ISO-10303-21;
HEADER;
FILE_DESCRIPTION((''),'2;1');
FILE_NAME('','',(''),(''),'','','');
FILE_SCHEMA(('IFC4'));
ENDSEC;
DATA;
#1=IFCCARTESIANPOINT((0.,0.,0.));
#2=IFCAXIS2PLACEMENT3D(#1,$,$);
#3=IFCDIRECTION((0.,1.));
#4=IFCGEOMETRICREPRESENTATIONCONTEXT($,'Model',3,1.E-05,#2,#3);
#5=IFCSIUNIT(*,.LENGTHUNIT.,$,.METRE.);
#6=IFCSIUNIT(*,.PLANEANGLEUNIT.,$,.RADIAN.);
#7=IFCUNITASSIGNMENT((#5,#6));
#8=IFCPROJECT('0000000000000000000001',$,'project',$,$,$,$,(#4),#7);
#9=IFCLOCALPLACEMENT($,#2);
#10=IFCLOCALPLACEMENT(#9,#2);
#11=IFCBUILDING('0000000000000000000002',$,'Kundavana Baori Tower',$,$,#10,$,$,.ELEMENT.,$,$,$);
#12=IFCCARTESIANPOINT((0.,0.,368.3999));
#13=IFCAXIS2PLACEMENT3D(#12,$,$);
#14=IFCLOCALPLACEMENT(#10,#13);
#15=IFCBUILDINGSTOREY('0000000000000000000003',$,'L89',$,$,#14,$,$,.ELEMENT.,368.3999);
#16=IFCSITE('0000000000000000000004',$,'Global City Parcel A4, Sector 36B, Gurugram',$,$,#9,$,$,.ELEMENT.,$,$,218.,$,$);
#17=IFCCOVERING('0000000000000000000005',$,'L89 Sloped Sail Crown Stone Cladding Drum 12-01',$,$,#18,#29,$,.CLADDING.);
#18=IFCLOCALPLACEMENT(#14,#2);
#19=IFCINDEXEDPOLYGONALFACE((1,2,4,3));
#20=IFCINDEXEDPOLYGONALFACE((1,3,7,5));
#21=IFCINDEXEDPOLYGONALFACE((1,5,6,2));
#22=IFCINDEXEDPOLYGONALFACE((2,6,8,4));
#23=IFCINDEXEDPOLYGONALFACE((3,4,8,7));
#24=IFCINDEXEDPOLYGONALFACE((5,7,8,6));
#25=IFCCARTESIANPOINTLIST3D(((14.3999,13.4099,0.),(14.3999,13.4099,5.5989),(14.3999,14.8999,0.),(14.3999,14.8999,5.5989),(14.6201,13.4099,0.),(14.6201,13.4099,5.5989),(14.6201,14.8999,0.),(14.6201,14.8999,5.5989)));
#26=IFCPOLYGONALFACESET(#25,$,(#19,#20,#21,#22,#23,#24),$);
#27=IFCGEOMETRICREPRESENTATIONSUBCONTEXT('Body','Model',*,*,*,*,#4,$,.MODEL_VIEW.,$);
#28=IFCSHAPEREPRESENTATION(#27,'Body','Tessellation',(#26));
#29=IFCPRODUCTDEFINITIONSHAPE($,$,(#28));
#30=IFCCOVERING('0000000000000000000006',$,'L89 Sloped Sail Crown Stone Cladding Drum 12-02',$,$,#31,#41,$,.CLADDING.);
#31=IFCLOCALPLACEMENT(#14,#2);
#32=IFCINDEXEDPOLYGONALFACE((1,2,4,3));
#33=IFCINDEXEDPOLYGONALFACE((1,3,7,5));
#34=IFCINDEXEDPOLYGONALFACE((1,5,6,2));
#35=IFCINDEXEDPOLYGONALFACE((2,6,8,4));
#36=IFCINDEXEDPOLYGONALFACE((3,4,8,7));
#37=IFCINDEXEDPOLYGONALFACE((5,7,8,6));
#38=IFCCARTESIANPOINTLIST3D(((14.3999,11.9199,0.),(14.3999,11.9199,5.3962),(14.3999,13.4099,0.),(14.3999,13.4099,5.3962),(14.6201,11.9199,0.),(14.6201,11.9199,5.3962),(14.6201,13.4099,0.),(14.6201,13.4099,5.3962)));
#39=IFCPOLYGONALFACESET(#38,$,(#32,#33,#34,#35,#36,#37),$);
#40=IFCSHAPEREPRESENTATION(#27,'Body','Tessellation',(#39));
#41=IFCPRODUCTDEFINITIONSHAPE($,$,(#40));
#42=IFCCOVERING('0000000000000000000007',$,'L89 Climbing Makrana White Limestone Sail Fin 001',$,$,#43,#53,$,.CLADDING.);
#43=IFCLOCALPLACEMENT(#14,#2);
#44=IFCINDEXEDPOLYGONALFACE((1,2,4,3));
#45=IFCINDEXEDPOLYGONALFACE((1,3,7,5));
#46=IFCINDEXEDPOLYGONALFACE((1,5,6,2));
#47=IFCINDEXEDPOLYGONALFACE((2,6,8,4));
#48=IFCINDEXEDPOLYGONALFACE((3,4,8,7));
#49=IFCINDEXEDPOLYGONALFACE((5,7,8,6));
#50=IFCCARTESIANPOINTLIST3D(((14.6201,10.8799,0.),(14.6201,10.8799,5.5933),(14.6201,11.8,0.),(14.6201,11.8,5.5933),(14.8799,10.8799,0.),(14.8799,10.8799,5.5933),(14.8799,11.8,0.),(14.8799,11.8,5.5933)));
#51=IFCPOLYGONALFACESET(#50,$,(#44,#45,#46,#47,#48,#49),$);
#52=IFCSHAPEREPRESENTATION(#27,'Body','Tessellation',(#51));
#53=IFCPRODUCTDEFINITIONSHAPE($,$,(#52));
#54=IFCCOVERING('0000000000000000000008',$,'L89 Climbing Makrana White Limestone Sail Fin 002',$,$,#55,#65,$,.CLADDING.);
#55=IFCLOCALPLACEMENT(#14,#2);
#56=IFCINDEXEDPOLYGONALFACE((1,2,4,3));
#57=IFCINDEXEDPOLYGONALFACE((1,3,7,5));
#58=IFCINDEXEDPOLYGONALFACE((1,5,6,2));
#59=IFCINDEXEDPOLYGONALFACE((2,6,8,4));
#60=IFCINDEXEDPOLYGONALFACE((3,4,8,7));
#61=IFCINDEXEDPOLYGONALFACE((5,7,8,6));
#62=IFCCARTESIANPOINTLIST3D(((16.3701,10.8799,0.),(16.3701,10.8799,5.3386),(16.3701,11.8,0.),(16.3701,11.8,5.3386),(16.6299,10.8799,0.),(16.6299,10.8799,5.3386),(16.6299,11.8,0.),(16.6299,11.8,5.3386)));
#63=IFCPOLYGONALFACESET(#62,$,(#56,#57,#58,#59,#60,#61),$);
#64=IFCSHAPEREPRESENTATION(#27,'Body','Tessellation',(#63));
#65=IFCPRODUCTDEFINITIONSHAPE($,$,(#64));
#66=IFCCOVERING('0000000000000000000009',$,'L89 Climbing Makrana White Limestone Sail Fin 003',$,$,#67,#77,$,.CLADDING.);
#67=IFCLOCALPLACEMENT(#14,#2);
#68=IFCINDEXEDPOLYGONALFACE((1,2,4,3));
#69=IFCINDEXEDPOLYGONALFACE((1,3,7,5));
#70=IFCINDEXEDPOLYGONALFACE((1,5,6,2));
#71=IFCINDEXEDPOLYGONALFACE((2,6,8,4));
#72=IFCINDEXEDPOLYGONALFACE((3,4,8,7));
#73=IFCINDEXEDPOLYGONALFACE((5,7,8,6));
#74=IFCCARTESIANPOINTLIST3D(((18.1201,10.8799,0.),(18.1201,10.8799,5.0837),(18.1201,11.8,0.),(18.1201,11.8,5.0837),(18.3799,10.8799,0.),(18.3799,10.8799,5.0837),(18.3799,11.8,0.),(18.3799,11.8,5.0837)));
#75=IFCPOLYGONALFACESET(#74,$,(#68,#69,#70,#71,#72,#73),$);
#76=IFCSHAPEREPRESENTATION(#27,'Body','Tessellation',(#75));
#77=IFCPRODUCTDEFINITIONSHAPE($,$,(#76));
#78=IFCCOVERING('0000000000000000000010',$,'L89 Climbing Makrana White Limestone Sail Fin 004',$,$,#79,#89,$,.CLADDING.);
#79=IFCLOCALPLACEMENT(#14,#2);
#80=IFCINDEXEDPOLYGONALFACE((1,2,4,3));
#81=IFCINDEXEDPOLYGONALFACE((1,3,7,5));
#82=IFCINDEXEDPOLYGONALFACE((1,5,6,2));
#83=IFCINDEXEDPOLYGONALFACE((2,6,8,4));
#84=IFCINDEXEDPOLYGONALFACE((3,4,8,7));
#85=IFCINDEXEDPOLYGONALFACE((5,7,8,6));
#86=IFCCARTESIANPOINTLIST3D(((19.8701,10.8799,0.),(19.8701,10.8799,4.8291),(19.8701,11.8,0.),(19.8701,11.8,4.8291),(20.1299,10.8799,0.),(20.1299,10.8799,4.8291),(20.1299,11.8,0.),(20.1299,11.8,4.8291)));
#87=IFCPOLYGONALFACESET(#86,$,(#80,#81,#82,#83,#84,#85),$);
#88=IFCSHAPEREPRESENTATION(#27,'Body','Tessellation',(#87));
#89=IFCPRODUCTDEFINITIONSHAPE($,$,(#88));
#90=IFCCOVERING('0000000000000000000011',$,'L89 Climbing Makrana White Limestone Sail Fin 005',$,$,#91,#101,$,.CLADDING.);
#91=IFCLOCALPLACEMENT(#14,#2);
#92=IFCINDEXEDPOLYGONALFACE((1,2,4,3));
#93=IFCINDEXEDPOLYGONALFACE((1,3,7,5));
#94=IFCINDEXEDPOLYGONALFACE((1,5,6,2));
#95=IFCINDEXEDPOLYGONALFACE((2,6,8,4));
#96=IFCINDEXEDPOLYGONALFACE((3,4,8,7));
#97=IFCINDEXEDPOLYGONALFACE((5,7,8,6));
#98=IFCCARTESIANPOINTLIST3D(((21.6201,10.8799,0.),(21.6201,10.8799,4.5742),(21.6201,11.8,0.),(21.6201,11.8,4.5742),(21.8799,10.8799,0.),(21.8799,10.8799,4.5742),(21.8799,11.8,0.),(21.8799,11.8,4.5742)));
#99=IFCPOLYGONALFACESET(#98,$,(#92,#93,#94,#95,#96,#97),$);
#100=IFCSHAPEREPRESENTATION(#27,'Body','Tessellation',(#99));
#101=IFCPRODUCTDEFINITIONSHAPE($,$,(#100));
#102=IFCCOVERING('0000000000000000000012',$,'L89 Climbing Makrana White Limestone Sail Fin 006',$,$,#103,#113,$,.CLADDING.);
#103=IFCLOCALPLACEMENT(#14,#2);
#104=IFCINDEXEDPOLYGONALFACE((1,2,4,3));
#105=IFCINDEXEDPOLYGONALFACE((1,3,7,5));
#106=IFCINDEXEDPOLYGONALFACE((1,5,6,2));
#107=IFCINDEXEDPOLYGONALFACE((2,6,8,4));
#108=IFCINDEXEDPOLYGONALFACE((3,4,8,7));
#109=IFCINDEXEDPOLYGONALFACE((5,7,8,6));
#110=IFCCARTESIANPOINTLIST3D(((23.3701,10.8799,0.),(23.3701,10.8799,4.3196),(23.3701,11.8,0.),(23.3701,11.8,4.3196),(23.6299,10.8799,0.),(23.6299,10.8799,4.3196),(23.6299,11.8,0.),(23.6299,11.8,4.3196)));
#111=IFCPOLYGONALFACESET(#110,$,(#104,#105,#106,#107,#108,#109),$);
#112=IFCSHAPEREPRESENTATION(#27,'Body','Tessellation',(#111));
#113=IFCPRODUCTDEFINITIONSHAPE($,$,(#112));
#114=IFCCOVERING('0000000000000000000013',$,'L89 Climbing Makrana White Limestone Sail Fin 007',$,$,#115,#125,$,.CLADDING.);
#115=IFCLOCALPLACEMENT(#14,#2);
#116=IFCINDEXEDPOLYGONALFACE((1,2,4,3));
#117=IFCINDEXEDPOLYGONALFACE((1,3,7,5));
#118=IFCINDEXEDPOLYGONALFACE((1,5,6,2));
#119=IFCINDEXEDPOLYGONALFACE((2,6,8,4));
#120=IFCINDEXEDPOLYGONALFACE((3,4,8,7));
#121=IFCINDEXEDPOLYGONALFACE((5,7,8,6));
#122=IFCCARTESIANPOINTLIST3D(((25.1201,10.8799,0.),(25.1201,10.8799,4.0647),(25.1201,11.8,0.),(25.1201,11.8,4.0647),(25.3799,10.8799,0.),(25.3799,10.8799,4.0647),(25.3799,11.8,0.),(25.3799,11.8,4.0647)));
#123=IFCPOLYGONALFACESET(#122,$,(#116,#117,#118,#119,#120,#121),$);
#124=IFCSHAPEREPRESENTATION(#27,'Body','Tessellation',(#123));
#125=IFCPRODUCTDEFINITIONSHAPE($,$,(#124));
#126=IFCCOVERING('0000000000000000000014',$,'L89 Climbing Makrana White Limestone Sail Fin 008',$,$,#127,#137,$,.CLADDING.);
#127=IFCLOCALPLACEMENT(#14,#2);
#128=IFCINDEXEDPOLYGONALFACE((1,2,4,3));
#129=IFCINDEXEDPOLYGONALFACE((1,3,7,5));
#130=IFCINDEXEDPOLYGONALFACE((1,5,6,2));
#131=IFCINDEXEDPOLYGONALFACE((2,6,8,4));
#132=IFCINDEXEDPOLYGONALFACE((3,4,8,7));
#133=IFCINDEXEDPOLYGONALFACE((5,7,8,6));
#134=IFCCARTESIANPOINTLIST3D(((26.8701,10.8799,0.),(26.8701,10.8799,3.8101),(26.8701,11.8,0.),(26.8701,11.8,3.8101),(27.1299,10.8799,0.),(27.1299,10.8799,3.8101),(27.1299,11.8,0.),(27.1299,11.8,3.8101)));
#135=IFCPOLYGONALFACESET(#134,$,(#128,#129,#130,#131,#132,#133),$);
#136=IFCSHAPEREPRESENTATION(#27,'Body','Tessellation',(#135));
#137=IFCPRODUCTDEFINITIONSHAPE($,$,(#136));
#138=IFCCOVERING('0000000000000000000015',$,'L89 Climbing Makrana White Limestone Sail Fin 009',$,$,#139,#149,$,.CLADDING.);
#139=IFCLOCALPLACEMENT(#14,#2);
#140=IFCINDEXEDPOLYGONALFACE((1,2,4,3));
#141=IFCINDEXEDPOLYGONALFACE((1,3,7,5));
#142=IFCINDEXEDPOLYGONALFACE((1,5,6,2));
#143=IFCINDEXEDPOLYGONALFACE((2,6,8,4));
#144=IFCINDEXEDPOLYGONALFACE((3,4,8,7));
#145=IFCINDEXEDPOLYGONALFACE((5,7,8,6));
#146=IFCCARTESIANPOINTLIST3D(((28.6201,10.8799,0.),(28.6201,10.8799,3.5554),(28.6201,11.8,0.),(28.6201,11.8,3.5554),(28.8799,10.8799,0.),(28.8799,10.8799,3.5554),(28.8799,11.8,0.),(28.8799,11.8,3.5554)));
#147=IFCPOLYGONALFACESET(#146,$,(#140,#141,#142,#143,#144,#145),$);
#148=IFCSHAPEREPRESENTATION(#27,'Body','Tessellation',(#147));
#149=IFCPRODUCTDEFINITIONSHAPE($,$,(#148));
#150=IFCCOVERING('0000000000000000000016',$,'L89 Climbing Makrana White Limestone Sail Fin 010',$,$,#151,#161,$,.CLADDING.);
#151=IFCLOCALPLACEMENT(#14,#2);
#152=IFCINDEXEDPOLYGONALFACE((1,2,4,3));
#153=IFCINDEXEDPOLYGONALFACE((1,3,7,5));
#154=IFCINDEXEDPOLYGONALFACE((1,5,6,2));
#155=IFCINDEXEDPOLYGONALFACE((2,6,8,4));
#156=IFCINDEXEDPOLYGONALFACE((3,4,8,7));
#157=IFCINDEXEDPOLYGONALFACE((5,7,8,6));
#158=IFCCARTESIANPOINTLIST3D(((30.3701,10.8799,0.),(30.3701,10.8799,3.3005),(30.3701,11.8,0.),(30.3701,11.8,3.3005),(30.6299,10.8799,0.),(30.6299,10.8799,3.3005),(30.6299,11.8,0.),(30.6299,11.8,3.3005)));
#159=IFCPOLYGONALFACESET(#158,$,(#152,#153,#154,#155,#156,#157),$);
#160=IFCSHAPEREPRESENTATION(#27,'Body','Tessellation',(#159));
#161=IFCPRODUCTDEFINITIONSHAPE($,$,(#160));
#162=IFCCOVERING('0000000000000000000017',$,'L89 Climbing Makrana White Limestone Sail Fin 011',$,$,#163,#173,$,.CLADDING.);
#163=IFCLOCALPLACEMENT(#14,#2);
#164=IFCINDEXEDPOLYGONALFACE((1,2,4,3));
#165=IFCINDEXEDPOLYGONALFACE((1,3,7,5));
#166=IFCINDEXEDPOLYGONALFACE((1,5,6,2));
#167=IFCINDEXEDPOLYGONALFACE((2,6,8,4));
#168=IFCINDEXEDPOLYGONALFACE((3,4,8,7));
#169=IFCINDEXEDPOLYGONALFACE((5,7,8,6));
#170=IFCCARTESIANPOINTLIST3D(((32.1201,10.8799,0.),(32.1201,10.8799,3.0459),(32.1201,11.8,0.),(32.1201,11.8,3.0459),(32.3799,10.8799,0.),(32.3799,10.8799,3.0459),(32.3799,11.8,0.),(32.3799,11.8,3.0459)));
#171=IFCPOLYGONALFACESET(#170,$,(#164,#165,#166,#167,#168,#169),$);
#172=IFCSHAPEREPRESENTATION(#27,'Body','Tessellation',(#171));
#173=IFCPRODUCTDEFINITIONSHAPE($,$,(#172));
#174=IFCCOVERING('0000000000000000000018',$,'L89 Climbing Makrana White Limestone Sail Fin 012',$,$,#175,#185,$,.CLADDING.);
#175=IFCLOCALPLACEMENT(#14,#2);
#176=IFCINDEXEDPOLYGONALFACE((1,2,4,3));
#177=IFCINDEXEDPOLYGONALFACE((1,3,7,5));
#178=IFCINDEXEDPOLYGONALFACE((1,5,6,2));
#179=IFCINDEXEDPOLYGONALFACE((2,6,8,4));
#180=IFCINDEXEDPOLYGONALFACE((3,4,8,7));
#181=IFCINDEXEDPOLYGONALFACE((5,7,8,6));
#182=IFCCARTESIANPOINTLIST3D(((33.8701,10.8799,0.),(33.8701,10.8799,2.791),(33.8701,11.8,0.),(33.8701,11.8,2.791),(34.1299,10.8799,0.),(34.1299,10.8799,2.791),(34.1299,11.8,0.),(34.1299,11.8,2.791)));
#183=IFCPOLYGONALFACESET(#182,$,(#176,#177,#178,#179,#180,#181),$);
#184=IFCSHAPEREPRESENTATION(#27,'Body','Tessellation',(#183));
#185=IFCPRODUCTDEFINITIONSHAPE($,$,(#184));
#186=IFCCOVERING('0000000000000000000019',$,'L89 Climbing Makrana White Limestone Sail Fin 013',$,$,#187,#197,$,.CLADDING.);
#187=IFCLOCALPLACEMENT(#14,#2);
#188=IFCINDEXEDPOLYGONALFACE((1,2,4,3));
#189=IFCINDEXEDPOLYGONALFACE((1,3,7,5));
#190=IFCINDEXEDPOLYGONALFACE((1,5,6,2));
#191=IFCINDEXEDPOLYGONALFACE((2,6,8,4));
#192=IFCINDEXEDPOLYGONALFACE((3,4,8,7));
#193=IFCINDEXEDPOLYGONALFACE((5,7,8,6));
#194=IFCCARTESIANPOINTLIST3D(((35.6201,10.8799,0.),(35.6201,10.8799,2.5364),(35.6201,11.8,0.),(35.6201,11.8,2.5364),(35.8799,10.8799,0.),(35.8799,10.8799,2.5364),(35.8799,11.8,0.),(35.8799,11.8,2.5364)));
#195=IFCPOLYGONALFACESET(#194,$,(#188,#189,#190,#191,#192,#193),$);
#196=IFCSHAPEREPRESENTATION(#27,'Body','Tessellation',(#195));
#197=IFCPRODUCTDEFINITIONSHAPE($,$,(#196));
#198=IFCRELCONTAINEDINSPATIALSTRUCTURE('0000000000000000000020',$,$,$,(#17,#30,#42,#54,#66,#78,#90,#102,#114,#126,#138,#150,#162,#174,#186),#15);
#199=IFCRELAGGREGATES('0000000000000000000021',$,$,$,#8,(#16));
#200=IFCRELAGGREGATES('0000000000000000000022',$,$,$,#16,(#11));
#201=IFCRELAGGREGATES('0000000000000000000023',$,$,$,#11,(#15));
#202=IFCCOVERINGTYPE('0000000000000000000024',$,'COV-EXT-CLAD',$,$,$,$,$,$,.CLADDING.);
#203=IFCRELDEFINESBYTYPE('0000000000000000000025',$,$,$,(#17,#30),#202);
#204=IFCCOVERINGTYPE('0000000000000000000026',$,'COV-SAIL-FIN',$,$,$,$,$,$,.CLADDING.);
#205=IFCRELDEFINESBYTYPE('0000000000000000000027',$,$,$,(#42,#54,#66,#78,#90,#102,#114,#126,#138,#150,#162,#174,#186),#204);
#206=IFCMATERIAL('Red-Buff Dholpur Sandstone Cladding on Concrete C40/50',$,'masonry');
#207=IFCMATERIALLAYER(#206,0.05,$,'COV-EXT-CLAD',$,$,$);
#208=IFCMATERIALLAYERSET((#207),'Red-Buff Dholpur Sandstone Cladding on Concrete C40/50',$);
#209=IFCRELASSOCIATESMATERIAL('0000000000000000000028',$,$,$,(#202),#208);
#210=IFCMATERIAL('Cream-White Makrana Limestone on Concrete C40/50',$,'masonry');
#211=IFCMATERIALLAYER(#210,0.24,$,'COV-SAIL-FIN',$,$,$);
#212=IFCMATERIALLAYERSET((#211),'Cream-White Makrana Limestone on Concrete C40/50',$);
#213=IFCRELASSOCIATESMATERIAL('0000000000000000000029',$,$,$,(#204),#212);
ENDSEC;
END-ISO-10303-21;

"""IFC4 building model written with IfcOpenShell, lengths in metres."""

from ifc_helpers import new_model, si_unit, direction, frame, origin, place, context, subcontext, project, spatial, polyline, outline, extrude, material, layer, layer_set, type_object, element, save


model = new_model("IFC4")

# Units and contexts
model_context = context("Model", 3, precision=1e-05, world=origin(), true_north=direction((0.0, 1.0)))
body_context = subcontext(model_context, "Body", "Model", "MODEL_VIEW")
ifc_project = project(units=[si_unit("LENGTHUNIT", "METRE"), si_unit("PLANEANGLEUNIT", "RADIAN")], contexts=[model_context])

# Site, building, storey
site_placement = place(None, origin())
site = spatial("IfcSite", under=ifc_project, at=site_placement, Name="Global City Parcel A4, Sector 36B, Gurugram", CompositionType="ELEMENT", RefElevation=218.0)
building_placement = place(site_placement, origin())
building = spatial("IfcBuilding", under=site, at=building_placement, Name="Kundavana Baori Tower", CompositionType="ELEMENT")
storey_placement = place(building_placement, frame((0.0, 0.0, 368.3999)))
storey = spatial("IfcBuildingStorey", under=building, at=storey_placement, Name="L89", CompositionType="ELEMENT", Elevation=368.3999)

# Coverings
ifc_material_1 = material(Name="Red-Buff Dholpur Sandstone Cladding on Concrete C40/50", Category="masonry")
ifc_layer_1 = layer(ifc_material_1, 0.05, Name="COV-EXT-CLAD")
ifc_layer_set_1 = layer_set([ifc_layer_1], Name="Red-Buff Dholpur Sandstone Cladding on Concrete C40/50")
covering_type_1 = type_object("IfcCoveringType", Name="COV-EXT-CLAD", PredefinedType="CLADDING", material=ifc_layer_set_1)
covering_1_placement = place(storey_placement, origin())
element("IfcCovering", 1, at=covering_1_placement, inside=storey, type_object=covering_type_1, Name="L89 Sloped Sail Crown Stone Cladding Drum 12-01", PredefinedType="CLADDING", context=body_context, shape_type="SweptSolid", body=[
    extrude(outline(polyline([(14.3999, 13.4099), (14.6201, 13.4099), (14.6201, 14.8999), (14.3999, 14.8999), (14.3999, 13.4099)])), origin(), (0.0, 0.0, 1.0), 5.5989),
])
covering_2_placement = place(storey_placement, origin())
element("IfcCovering", 2, at=covering_2_placement, inside=storey, type_object=covering_type_1, Name="L89 Sloped Sail Crown Stone Cladding Drum 12-02", PredefinedType="CLADDING", context=body_context, shape_type="SweptSolid", body=[
    extrude(outline(polyline([(14.3999, 11.9199), (14.6201, 11.9199), (14.6201, 13.4099), (14.3999, 13.4099), (14.3999, 11.9199)])), origin(), (0.0, 0.0, 1.0), 5.3962),
])
ifc_material_2 = material(Name="Cream-White Makrana Limestone on Concrete C40/50", Category="masonry")
ifc_layer_2 = layer(ifc_material_2, 0.24, Name="COV-SAIL-FIN")
ifc_layer_set_2 = layer_set([ifc_layer_2], Name="Cream-White Makrana Limestone on Concrete C40/50")
covering_type_2 = type_object("IfcCoveringType", Name="COV-SAIL-FIN", PredefinedType="CLADDING", material=ifc_layer_set_2)
covering_3_placement = place(storey_placement, origin())
element("IfcCovering", 3, at=covering_3_placement, inside=storey, type_object=covering_type_2, Name="L89 Climbing Makrana White Limestone Sail Fin 001", PredefinedType="CLADDING", context=body_context, shape_type="SweptSolid", body=[
    extrude(outline(polyline([(14.6201, 10.8799), (14.8799, 10.8799), (14.8799, 11.8), (14.6201, 11.8), (14.6201, 10.8799)])), origin(), (0.0, 0.0, 1.0), 5.5933),
])
covering_4_placement = place(storey_placement, origin())
element("IfcCovering", 4, at=covering_4_placement, inside=storey, type_object=covering_type_2, Name="L89 Climbing Makrana White Limestone Sail Fin 002", PredefinedType="CLADDING", context=body_context, shape_type="SweptSolid", body=[
    extrude(outline(polyline([(16.3701, 10.8799), (16.6299, 10.8799), (16.6299, 11.8), (16.3701, 11.8), (16.3701, 10.8799)])), origin(), (0.0, 0.0, 1.0), 5.3386),
])
covering_5_placement = place(storey_placement, origin())
element("IfcCovering", 5, at=covering_5_placement, inside=storey, type_object=covering_type_2, Name="L89 Climbing Makrana White Limestone Sail Fin 003", PredefinedType="CLADDING", context=body_context, shape_type="SweptSolid", body=[
    extrude(outline(polyline([(18.1201, 10.8799), (18.3799, 10.8799), (18.3799, 11.8), (18.1201, 11.8), (18.1201, 10.8799)])), origin(), (0.0, 0.0, 1.0), 5.0837),
])
covering_6_placement = place(storey_placement, origin())
element("IfcCovering", 6, at=covering_6_placement, inside=storey, type_object=covering_type_2, Name="L89 Climbing Makrana White Limestone Sail Fin 004", PredefinedType="CLADDING", context=body_context, shape_type="SweptSolid", body=[
    extrude(outline(polyline([(19.8701, 10.8799), (20.1299, 10.8799), (20.1299, 11.8), (19.8701, 11.8), (19.8701, 10.8799)])), origin(), (0.0, 0.0, 1.0), 4.8291),
])
covering_7_placement = place(storey_placement, origin())
element("IfcCovering", 7, at=covering_7_placement, inside=storey, type_object=covering_type_2, Name="L89 Climbing Makrana White Limestone Sail Fin 005", PredefinedType="CLADDING", context=body_context, shape_type="SweptSolid", body=[
    extrude(outline(polyline([(21.6201, 10.8799), (21.8799, 10.8799), (21.8799, 11.8), (21.6201, 11.8), (21.6201, 10.8799)])), origin(), (0.0, 0.0, 1.0), 4.5742),
])
covering_8_placement = place(storey_placement, origin())
element("IfcCovering", 8, at=covering_8_placement, inside=storey, type_object=covering_type_2, Name="L89 Climbing Makrana White Limestone Sail Fin 006", PredefinedType="CLADDING", context=body_context, shape_type="SweptSolid", body=[
    extrude(outline(polyline([(23.3701, 10.8799), (23.6299, 10.8799), (23.6299, 11.8), (23.3701, 11.8), (23.3701, 10.8799)])), origin(), (0.0, 0.0, 1.0), 4.3196),
])
covering_9_placement = place(storey_placement, origin())
element("IfcCovering", 9, at=covering_9_placement, inside=storey, type_object=covering_type_2, Name="L89 Climbing Makrana White Limestone Sail Fin 007", PredefinedType="CLADDING", context=body_context, shape_type="SweptSolid", body=[
    extrude(outline(polyline([(25.1201, 10.8799), (25.3799, 10.8799), (25.3799, 11.8), (25.1201, 11.8), (25.1201, 10.8799)])), origin(), (0.0, 0.0, 1.0), 4.0647),
])
covering_10_placement = place(storey_placement, origin())
element("IfcCovering", 10, at=covering_10_placement, inside=storey, type_object=covering_type_2, Name="L89 Climbing Makrana White Limestone Sail Fin 008", PredefinedType="CLADDING", context=body_context, shape_type="SweptSolid", body=[
    extrude(outline(polyline([(26.8701, 10.8799), (27.1299, 10.8799), (27.1299, 11.8), (26.8701, 11.8), (26.8701, 10.8799)])), origin(), (0.0, 0.0, 1.0), 3.8101),
])
covering_11_placement = place(storey_placement, origin())
element("IfcCovering", 11, at=covering_11_placement, inside=storey, type_object=covering_type_2, Name="L89 Climbing Makrana White Limestone Sail Fin 009", PredefinedType="CLADDING", context=body_context, shape_type="SweptSolid", body=[
    extrude(outline(polyline([(28.6201, 10.8799), (28.8799, 10.8799), (28.8799, 11.8), (28.6201, 11.8), (28.6201, 10.8799)])), origin(), (0.0, 0.0, 1.0), 3.5554),
])
covering_12_placement = place(storey_placement, origin())
element("IfcCovering", 12, at=covering_12_placement, inside=storey, type_object=covering_type_2, Name="L89 Climbing Makrana White Limestone Sail Fin 010", PredefinedType="CLADDING", context=body_context, shape_type="SweptSolid", body=[
    extrude(outline(polyline([(30.3701, 10.8799), (30.6299, 10.8799), (30.6299, 11.8), (30.3701, 11.8), (30.3701, 10.8799)])), origin(), (0.0, 0.0, 1.0), 3.3005),
])
covering_13_placement = place(storey_placement, origin())
element("IfcCovering", 13, at=covering_13_placement, inside=storey, type_object=covering_type_2, Name="L89 Climbing Makrana White Limestone Sail Fin 011", PredefinedType="CLADDING", context=body_context, shape_type="SweptSolid", body=[
    extrude(outline(polyline([(32.1201, 10.8799), (32.3799, 10.8799), (32.3799, 11.8), (32.1201, 11.8), (32.1201, 10.8799)])), origin(), (0.0, 0.0, 1.0), 3.0459),
])
covering_14_placement = place(storey_placement, origin())
element("IfcCovering", 14, at=covering_14_placement, inside=storey, type_object=covering_type_2, Name="L89 Climbing Makrana White Limestone Sail Fin 012", PredefinedType="CLADDING", context=body_context, shape_type="SweptSolid", body=[
    extrude(outline(polyline([(33.8701, 10.8799), (34.1299, 10.8799), (34.1299, 11.8), (33.8701, 11.8), (33.8701, 10.8799)])), origin(), (0.0, 0.0, 1.0), 2.791),
])
covering_15_placement = place(storey_placement, origin())
element("IfcCovering", 15, at=covering_15_placement, inside=storey, type_object=covering_type_2, Name="L89 Climbing Makrana White Limestone Sail Fin 013", PredefinedType="CLADDING", context=body_context, shape_type="SweptSolid", body=[
    extrude(outline(polyline([(35.6201, 10.8799), (35.8799, 10.8799), (35.8799, 11.8), (35.6201, 11.8), (35.6201, 10.8799)])), origin(), (0.0, 0.0, 1.0), 2.5364),
])

save(model, "model.ifc")
